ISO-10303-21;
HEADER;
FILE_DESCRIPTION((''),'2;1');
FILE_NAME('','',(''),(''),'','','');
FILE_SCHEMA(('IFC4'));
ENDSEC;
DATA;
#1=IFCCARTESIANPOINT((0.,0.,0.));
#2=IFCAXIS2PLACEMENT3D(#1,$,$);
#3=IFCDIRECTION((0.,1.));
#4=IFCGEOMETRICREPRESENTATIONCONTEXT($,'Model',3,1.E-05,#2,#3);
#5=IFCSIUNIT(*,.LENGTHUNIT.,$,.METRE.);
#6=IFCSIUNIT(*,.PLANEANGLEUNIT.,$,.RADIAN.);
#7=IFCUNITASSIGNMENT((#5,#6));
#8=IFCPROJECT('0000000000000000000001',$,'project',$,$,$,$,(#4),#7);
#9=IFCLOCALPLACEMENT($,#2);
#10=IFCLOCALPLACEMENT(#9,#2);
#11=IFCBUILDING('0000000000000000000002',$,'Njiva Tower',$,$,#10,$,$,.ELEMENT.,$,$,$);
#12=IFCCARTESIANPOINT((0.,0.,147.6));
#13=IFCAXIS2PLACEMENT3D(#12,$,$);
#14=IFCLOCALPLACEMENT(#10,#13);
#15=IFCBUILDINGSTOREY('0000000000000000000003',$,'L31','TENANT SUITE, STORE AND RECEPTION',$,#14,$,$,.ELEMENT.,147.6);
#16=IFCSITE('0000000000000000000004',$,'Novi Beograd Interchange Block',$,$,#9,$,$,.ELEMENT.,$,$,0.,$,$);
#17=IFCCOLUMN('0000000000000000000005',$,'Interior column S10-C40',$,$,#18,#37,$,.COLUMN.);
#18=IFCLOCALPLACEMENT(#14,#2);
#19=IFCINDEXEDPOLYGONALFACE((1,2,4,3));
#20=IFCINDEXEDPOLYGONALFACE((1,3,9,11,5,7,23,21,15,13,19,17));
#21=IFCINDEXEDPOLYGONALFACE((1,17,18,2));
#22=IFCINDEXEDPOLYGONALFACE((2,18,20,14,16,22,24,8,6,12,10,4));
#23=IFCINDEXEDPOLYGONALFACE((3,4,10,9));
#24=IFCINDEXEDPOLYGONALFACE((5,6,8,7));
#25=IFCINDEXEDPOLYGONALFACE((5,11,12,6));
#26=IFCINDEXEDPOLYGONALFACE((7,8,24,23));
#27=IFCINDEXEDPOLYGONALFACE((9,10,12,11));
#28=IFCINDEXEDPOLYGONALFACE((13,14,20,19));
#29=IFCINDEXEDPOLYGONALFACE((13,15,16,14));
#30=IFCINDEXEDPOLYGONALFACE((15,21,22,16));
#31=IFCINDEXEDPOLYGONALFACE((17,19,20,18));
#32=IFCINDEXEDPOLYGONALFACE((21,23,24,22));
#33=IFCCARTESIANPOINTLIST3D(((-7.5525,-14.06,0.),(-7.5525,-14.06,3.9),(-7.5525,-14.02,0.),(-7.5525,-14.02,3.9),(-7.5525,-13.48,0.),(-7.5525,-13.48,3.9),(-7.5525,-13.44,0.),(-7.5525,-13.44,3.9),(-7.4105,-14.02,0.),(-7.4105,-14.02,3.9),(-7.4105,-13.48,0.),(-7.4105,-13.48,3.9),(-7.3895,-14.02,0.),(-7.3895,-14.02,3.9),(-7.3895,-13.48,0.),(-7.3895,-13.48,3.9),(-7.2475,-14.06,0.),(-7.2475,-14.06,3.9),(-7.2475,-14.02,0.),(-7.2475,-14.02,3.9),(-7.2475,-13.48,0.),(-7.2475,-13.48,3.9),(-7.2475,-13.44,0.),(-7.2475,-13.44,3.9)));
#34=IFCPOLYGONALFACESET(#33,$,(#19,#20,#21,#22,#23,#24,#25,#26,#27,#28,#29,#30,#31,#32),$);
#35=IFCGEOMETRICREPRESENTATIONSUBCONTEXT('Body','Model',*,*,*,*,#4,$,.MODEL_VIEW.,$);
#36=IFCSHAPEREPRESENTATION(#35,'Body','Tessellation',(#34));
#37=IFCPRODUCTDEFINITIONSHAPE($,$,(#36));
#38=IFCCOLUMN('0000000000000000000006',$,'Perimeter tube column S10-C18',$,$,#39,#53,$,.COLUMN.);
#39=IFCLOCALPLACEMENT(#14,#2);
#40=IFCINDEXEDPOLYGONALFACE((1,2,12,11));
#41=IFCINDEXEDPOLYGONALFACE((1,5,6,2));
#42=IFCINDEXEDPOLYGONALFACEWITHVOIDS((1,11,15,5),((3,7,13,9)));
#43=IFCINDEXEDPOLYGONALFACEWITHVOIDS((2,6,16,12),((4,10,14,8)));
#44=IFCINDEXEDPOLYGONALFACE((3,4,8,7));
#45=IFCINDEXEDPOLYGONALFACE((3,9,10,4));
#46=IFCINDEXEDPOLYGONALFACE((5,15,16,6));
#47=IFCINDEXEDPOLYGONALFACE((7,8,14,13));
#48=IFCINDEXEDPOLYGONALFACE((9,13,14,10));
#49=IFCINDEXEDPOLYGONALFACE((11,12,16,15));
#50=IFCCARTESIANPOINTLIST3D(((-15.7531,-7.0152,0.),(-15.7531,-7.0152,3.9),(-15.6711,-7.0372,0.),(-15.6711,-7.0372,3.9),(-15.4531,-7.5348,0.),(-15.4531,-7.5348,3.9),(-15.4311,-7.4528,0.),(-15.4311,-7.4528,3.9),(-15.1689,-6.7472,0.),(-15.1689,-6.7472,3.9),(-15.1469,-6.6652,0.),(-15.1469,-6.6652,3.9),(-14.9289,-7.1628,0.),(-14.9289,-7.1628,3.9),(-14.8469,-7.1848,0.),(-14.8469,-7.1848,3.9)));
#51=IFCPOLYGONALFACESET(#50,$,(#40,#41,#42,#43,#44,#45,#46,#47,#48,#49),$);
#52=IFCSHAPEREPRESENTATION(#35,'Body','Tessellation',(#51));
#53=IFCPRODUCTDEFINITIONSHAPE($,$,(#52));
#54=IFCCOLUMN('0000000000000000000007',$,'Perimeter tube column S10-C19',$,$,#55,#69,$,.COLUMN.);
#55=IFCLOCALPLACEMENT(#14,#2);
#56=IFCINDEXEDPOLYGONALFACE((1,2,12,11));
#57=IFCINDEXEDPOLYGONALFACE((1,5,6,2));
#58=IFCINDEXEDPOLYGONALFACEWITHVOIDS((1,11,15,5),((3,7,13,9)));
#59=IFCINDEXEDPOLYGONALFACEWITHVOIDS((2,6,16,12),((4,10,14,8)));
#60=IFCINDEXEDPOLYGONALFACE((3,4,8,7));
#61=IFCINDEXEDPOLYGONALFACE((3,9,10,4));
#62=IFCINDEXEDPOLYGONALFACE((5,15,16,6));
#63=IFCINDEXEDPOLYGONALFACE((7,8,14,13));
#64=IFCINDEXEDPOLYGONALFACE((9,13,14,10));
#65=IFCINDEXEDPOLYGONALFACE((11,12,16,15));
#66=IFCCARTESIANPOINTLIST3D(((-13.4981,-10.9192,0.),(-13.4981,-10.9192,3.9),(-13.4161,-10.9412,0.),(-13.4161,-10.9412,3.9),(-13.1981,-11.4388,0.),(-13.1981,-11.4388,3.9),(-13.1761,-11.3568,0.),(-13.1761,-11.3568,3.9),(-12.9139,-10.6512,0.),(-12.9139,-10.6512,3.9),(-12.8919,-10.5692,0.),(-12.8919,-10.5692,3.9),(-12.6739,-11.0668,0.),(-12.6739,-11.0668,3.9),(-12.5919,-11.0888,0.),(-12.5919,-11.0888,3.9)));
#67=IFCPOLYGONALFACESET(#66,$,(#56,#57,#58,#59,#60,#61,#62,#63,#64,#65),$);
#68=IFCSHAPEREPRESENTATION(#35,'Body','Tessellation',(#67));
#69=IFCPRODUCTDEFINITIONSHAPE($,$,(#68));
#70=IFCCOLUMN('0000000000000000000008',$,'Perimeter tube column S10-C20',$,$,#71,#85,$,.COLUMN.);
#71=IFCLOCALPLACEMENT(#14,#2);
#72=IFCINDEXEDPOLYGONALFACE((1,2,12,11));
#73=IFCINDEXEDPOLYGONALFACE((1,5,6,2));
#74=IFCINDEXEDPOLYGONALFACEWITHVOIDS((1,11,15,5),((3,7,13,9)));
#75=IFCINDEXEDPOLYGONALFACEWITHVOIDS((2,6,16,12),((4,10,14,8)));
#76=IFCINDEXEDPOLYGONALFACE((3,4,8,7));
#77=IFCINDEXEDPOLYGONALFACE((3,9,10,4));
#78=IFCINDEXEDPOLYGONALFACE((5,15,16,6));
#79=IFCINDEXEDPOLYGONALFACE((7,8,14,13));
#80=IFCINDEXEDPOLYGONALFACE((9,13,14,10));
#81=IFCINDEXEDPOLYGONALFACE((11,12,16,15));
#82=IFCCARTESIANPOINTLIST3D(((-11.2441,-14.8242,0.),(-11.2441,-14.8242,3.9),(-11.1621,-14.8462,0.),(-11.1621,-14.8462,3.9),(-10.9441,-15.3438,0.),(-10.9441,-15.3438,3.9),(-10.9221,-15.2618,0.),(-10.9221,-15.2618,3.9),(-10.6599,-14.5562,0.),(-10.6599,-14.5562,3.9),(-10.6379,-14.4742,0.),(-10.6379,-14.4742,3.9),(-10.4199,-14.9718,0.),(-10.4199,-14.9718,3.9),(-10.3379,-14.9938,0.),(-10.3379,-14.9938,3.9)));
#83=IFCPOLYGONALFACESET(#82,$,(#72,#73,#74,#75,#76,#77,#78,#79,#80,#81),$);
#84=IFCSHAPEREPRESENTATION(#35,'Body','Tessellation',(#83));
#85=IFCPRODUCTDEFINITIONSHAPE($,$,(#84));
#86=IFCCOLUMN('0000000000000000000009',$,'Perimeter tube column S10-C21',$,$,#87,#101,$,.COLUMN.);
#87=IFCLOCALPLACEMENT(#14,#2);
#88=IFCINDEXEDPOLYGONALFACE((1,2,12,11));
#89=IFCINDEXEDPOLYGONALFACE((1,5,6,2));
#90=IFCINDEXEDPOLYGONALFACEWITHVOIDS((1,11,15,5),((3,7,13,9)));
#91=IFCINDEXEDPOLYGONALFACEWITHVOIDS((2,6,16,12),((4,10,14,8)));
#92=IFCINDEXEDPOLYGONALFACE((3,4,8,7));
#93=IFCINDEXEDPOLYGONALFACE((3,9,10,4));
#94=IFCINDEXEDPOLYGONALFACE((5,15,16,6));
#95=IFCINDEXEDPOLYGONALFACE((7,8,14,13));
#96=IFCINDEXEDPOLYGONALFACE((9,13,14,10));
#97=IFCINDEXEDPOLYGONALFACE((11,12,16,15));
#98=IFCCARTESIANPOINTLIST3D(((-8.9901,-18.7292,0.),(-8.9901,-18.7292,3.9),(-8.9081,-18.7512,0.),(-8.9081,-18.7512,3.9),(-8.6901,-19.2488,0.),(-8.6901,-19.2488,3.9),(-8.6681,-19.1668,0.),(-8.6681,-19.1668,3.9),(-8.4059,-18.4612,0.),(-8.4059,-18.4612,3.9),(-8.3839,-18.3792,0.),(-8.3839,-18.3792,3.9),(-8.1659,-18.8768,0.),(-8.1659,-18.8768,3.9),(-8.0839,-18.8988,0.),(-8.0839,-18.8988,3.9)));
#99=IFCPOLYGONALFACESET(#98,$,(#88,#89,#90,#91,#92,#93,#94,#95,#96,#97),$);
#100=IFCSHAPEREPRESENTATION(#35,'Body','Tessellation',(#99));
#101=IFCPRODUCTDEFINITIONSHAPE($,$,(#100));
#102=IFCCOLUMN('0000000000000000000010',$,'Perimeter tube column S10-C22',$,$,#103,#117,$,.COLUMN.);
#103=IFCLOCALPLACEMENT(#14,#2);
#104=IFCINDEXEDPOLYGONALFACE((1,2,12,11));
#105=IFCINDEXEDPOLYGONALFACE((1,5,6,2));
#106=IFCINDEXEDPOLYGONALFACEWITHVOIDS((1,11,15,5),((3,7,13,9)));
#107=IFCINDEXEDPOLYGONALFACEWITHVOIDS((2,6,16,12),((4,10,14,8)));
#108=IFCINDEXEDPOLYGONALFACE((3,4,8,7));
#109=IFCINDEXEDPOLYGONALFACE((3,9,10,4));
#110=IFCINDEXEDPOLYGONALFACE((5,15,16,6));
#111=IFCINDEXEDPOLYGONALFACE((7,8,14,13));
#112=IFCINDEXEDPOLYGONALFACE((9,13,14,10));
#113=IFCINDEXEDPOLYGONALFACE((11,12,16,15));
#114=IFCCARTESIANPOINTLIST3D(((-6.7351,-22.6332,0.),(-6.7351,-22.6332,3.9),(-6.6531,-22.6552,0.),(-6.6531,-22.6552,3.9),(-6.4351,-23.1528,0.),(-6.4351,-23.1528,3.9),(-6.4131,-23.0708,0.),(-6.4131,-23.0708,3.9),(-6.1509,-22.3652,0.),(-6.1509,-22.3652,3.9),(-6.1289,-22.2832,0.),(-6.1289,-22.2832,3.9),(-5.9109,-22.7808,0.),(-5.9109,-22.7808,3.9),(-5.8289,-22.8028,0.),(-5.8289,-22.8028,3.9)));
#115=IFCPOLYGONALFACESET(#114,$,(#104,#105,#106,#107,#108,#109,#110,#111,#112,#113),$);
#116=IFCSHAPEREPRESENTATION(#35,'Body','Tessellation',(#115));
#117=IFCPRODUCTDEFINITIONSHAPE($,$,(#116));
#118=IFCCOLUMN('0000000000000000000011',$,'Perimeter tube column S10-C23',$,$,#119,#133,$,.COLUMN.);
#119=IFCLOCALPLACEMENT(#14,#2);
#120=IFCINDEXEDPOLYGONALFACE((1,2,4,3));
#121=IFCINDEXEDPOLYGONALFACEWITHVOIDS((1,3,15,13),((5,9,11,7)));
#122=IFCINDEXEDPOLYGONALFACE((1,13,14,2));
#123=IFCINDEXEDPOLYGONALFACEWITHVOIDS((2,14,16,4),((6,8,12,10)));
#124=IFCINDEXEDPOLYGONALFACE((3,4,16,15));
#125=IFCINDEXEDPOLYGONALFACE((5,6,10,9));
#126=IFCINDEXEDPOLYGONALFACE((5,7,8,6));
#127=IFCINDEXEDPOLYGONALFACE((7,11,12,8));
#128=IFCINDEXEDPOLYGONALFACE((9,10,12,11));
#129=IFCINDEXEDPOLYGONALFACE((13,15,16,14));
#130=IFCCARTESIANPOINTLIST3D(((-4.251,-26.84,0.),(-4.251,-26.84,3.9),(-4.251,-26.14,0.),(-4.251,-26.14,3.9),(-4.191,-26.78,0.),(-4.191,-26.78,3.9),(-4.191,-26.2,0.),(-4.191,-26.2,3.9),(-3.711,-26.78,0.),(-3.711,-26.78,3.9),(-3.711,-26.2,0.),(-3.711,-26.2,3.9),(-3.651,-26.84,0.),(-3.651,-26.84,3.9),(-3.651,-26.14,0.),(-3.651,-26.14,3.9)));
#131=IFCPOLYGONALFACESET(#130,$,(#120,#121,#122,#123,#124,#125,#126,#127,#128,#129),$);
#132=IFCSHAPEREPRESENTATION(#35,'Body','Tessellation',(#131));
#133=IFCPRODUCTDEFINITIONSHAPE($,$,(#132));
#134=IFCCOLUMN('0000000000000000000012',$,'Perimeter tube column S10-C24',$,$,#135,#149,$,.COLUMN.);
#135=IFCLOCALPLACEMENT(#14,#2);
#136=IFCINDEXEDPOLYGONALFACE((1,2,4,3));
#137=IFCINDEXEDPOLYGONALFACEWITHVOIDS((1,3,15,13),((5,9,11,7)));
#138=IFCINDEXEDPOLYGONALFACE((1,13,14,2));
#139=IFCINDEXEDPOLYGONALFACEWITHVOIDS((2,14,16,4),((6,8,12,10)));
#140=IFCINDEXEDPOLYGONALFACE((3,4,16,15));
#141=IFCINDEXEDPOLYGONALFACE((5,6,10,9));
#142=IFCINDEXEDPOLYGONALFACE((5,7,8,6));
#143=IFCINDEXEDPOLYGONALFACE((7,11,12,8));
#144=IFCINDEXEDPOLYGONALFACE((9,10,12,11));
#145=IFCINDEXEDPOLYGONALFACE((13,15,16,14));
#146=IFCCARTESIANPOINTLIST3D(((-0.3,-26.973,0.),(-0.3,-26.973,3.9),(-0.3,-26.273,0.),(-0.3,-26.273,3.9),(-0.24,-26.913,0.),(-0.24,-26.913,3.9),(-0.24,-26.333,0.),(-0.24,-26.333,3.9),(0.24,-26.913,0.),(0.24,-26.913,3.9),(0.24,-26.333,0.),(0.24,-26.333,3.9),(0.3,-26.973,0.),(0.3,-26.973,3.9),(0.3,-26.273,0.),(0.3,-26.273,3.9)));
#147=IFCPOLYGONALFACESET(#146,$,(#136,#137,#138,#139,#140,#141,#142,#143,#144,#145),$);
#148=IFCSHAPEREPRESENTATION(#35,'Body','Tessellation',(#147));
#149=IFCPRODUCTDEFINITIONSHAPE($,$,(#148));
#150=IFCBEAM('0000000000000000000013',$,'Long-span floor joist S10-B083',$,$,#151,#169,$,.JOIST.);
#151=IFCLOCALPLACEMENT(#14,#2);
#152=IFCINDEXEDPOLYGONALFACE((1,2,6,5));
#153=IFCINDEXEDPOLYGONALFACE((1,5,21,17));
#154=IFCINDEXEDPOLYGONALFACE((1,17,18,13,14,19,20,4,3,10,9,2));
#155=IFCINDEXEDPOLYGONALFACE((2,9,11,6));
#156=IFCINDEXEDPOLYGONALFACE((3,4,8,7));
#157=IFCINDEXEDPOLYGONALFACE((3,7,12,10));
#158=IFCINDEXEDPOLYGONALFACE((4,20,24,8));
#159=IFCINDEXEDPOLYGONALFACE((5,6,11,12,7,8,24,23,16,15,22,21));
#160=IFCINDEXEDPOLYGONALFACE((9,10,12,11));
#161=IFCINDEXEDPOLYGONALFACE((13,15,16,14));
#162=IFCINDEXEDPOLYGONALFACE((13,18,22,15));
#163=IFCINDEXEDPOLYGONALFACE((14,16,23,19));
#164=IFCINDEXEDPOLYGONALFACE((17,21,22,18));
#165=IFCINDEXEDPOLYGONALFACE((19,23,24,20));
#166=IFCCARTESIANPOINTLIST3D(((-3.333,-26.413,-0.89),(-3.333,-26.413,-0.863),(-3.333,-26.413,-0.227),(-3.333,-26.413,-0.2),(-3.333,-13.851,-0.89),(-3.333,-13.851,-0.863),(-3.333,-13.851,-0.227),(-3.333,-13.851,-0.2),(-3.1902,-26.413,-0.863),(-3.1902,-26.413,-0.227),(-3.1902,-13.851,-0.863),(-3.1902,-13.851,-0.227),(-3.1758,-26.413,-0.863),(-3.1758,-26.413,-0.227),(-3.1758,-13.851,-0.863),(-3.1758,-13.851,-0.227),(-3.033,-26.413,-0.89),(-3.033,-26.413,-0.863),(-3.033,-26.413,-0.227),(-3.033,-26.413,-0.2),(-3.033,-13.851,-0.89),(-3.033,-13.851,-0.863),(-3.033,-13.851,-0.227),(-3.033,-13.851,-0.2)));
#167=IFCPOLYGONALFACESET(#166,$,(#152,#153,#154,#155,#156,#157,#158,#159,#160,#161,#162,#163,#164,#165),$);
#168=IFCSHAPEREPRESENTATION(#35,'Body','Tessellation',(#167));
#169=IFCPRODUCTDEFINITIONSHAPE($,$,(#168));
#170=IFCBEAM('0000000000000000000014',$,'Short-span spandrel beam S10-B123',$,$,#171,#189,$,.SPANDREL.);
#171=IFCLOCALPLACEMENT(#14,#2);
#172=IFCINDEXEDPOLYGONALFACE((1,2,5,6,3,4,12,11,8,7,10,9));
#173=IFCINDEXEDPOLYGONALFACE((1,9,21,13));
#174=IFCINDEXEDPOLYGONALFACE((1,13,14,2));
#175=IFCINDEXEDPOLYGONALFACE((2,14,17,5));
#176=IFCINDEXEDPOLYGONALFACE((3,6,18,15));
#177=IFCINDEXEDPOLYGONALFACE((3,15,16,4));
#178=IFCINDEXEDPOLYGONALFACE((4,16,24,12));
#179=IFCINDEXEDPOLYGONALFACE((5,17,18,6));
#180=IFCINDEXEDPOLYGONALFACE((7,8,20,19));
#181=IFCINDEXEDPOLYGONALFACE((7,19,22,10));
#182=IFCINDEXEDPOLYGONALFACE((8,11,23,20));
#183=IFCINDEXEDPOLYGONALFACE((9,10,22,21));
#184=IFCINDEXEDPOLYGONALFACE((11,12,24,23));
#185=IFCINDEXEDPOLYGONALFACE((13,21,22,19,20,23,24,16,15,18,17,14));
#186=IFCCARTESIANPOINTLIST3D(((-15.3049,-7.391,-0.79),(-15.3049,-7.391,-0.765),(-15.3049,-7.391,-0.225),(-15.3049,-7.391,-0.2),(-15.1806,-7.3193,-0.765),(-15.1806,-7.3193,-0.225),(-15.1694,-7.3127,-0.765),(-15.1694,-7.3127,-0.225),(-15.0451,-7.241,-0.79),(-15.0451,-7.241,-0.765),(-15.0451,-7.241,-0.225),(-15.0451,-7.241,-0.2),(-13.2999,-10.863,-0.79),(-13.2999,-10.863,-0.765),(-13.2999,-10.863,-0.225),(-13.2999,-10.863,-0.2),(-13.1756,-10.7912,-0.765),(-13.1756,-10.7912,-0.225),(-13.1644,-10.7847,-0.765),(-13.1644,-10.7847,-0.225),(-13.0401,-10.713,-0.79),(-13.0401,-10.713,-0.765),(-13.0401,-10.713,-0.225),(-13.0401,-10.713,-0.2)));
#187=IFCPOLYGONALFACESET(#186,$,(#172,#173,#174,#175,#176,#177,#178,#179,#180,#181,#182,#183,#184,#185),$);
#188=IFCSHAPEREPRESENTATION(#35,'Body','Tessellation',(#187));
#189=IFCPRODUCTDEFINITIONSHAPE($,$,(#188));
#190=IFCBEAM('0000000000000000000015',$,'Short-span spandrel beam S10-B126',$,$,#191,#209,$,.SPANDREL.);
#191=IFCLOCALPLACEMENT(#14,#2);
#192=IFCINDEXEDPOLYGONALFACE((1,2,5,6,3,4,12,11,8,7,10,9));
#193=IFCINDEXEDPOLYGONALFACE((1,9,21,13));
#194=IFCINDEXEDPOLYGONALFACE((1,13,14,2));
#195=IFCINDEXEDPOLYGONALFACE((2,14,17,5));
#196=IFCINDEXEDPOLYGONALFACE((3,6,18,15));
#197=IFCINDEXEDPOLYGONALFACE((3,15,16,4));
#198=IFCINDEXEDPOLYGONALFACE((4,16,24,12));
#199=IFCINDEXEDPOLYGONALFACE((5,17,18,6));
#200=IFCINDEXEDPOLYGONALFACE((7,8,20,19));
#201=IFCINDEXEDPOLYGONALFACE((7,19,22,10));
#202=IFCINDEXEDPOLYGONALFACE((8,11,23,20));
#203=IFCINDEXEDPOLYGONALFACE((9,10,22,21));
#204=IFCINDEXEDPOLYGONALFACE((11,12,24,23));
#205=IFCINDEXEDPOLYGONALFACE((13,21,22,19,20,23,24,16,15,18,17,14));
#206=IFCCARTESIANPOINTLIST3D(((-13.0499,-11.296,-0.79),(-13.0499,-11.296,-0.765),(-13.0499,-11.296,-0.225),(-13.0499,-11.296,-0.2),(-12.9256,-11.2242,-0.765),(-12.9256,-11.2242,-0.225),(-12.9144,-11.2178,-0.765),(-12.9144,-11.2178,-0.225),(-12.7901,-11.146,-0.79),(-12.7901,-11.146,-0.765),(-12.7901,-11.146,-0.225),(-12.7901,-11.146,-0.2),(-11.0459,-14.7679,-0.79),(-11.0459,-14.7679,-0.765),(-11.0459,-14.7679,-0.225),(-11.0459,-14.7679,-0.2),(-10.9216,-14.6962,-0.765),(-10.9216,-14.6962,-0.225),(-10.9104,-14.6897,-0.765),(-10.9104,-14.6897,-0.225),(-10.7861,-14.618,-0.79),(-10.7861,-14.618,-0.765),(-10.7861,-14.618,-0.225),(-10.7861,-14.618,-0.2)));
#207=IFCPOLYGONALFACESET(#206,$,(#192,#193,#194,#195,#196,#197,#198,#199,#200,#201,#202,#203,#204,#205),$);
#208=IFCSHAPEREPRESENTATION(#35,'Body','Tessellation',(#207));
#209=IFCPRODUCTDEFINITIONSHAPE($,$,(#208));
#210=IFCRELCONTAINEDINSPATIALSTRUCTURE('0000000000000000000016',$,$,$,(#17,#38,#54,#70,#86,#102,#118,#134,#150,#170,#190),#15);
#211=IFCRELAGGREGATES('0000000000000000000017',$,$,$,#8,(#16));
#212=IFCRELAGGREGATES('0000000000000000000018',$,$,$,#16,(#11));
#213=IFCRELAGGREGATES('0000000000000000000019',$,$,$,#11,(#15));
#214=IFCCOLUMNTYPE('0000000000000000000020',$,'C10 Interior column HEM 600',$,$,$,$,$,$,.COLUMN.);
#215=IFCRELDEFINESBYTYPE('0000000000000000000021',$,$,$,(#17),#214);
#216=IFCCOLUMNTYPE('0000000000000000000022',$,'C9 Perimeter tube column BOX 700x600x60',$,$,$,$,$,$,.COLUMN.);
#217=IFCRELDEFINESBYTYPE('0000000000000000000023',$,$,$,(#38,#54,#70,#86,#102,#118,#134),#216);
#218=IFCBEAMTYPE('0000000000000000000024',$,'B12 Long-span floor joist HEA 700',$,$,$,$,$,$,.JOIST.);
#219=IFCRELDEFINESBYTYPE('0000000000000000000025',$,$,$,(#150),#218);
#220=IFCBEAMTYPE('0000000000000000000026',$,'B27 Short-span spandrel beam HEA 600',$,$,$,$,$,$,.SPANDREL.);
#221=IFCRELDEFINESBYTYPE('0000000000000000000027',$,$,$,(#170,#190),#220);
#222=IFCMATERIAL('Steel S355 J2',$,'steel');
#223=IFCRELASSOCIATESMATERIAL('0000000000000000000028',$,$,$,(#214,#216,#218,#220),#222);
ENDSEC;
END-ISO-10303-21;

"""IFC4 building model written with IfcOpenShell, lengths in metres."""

from ifc_helpers import new_model, si_unit, direction, frame, origin, origin_2d, place, context, subcontext, project, spatial, hollow_rectangle, i_section, extrude, material, material_profile, profile_set, type_object, element, save


model = new_model("IFC4")

# Units and contexts
model_context = context("Model", 3, precision=1e-05, world=origin(), true_north=direction((0.0, 1.0)))
body_context = subcontext(model_context, "Body", "Model", "MODEL_VIEW")
ifc_project = project(units=[si_unit("LENGTHUNIT", "METRE"), si_unit("PLANEANGLEUNIT", "RADIAN")], contexts=[model_context])

# Site, building, storey
site_placement = place(None, origin())
site = spatial("IfcSite", under=ifc_project, at=site_placement, Name="Novi Beograd Interchange Block", CompositionType="ELEMENT", RefElevation=0.0)
building_placement = place(site_placement, origin())
building = spatial("IfcBuilding", under=site, at=building_placement, Name="Njiva Tower", CompositionType="ELEMENT")
storey_placement = place(building_placement, frame((0.0, 0.0, 147.6)))
storey = spatial("IfcBuildingStorey", under=building, at=storey_placement, Name="L31", Description="TENANT SUITE, STORE AND RECEPTION", CompositionType="ELEMENT", Elevation=147.6)

# Columns
ifc_material_1 = material(Name="Steel S355 J2", Category="steel")
ifc_material_profile_1 = material_profile(ifc_material_1, i_section(OverallWidth=0.305, OverallDepth=0.62, WebThickness=0.021, FlangeThickness=0.04, at=origin_2d()), Name="HEM 600")
ifc_profile_set_1 = profile_set([ifc_material_profile_1], Name="Steel S355 J2")
column_type_1 = type_object("IfcColumnType", Name="C10 Interior column HEM 600", PredefinedType="COLUMN", material=ifc_profile_set_1)
column_placement = place(storey_placement, frame((-7.4, -13.75, 0.0), z_axis=(0.0, 0.0, 1.0), x_axis=(1.0, 0.0, 0.0)))
element("IfcColumn", 1, at=column_placement, inside=storey, type_object=column_type_1, Name="Interior column S10-C40", PredefinedType="COLUMN", context=body_context, shape_type="SweptSolid", body=[
    extrude(i_section(OverallWidth=0.305, OverallDepth=0.62, WebThickness=0.021, FlangeThickness=0.04, at=origin_2d()), origin(), (0.0, 0.0, 1.0), 3.9),
])
ifc_material_profile_2 = material_profile(ifc_material_1, hollow_rectangle(XDim=0.6, YDim=0.7, WallThickness=0.06, at=origin_2d()), Name="BOX 700x600x60")
ifc_profile_set_2 = profile_set([ifc_material_profile_2], Name="Steel S355 J2")
column_type_2 = type_object("IfcColumnType", Name="C9 Perimeter tube column BOX 700x600x60", PredefinedType="COLUMN", material=ifc_profile_set_2)
for number, where, z_axis, x_axis, name in (
    (2, (-15.3, -7.1, 0.0), (0.0, 0.0, 1.0), (0.5, -0.866025, 0.0), "Perimeter tube column S10-C18"),
    (3, (-13.045, -11.004, 0.0), (0.0, 0.0, 1.0), (0.5, -0.866025, 0.0), "Perimeter tube column S10-C19"),
    (4, (-10.791, -14.909, 0.0), (0.0, 0.0, 1.0), (0.5, -0.866025, 0.0), "Perimeter tube column S10-C20"),
    (5, (-8.537, -18.814, 0.0), (0.0, 0.0, 1.0), (0.5, -0.866025, 0.0), "Perimeter tube column S10-C21"),
    (6, (-6.282, -22.718, 0.0), (0.0, 0.0, 1.0), (0.5, -0.866025, 0.0), "Perimeter tube column S10-C22"),
    (7, (-3.951, -26.49, 0.0), (0.0, 0.0, 1.0), (1.0, 0.0, 0.0), "Perimeter tube column S10-C23"),
    (8, (0.0, -26.623, 0.0), (0.0, 0.0, 1.0), (1.0, 0.0, 0.0), "Perimeter tube column S10-C24"),
):
    element("IfcColumn", number, at=place(storey_placement, frame(where, z_axis=z_axis, x_axis=x_axis)), inside=storey, type_object=column_type_2, Name=name, PredefinedType="COLUMN", context=body_context, shape_type="SweptSolid", body=[
        extrude(hollow_rectangle(XDim=0.6, YDim=0.7, WallThickness=0.06, at=origin_2d()), origin(), (0.0, 0.0, 1.0), 3.9),
    ])

# Beams
ifc_material_profile_3 = material_profile(ifc_material_1, i_section(OverallWidth=0.3, OverallDepth=0.69, WebThickness=0.0145, FlangeThickness=0.027, at=origin_2d()), Name="HEA 700")
ifc_profile_set_3 = profile_set([ifc_material_profile_3], Name="Steel S355 J2")
beam_type_1 = type_object("IfcBeamType", Name="B12 Long-span floor joist HEA 700", PredefinedType="JOIST", material=ifc_profile_set_3)
beam_1_placement = place(storey_placement, frame((-3.183, -13.851, -0.545), z_axis=(0.0, -1.0, 0.0), x_axis=(1.0, 0.0, 0.0)))
element("IfcBeam", 9, at=beam_1_placement, inside=storey, type_object=beam_type_1, Name="Long-span floor joist S10-B083", PredefinedType="JOIST", context=body_context, shape_type="SweptSolid", body=[
    extrude(i_section(OverallWidth=0.3, OverallDepth=0.69, WebThickness=0.0145, FlangeThickness=0.027, at=origin_2d()), origin(), (0.0, 0.0, 1.0), 12.562),
])
ifc_material_profile_4 = material_profile(ifc_material_1, i_section(OverallWidth=0.3, OverallDepth=0.59, WebThickness=0.013, FlangeThickness=0.025, at=origin_2d()), Name="HEA 600")
ifc_profile_set_4 = profile_set([ifc_material_profile_4], Name="Steel S355 J2")
beam_type_2 = type_object("IfcBeamType", Name="B27 Short-span spandrel beam HEA 600", PredefinedType="SPANDREL", material=ifc_profile_set_4)
beam_2_placement = place(storey_placement, frame((-15.175, -7.316, -0.495), z_axis=(0.500082, -0.865978, 0.0), x_axis=(0.865978, 0.500082, 0.0)))
element("IfcBeam", 10, at=beam_2_placement, inside=storey, type_object=beam_type_2, Name="Short-span spandrel beam S10-B123", PredefinedType="SPANDREL", context=body_context, shape_type="SweptSolid", body=[
    extrude(i_section(OverallWidth=0.3, OverallDepth=0.59, WebThickness=0.013, FlangeThickness=0.025, at=origin_2d()), origin(), (0.0, 0.0, 1.0), 4.0093),
])
beam_3_placement = place(storey_placement, frame((-12.92, -11.221, -0.495), z_axis=(0.499895, -0.866086, 0.0), x_axis=(0.866086, 0.499895, 0.0)))
element("IfcBeam", 11, at=beam_3_placement, inside=storey, type_object=beam_type_2, Name="Short-span spandrel beam S10-B126", PredefinedType="SPANDREL", context=body_context, shape_type="SweptSolid", body=[
    extrude(i_section(OverallWidth=0.3, OverallDepth=0.59, WebThickness=0.013, FlangeThickness=0.025, at=origin_2d()), origin(), (0.0, 0.0, 1.0), 4.0088),
])

save(model, "model.ifc")
